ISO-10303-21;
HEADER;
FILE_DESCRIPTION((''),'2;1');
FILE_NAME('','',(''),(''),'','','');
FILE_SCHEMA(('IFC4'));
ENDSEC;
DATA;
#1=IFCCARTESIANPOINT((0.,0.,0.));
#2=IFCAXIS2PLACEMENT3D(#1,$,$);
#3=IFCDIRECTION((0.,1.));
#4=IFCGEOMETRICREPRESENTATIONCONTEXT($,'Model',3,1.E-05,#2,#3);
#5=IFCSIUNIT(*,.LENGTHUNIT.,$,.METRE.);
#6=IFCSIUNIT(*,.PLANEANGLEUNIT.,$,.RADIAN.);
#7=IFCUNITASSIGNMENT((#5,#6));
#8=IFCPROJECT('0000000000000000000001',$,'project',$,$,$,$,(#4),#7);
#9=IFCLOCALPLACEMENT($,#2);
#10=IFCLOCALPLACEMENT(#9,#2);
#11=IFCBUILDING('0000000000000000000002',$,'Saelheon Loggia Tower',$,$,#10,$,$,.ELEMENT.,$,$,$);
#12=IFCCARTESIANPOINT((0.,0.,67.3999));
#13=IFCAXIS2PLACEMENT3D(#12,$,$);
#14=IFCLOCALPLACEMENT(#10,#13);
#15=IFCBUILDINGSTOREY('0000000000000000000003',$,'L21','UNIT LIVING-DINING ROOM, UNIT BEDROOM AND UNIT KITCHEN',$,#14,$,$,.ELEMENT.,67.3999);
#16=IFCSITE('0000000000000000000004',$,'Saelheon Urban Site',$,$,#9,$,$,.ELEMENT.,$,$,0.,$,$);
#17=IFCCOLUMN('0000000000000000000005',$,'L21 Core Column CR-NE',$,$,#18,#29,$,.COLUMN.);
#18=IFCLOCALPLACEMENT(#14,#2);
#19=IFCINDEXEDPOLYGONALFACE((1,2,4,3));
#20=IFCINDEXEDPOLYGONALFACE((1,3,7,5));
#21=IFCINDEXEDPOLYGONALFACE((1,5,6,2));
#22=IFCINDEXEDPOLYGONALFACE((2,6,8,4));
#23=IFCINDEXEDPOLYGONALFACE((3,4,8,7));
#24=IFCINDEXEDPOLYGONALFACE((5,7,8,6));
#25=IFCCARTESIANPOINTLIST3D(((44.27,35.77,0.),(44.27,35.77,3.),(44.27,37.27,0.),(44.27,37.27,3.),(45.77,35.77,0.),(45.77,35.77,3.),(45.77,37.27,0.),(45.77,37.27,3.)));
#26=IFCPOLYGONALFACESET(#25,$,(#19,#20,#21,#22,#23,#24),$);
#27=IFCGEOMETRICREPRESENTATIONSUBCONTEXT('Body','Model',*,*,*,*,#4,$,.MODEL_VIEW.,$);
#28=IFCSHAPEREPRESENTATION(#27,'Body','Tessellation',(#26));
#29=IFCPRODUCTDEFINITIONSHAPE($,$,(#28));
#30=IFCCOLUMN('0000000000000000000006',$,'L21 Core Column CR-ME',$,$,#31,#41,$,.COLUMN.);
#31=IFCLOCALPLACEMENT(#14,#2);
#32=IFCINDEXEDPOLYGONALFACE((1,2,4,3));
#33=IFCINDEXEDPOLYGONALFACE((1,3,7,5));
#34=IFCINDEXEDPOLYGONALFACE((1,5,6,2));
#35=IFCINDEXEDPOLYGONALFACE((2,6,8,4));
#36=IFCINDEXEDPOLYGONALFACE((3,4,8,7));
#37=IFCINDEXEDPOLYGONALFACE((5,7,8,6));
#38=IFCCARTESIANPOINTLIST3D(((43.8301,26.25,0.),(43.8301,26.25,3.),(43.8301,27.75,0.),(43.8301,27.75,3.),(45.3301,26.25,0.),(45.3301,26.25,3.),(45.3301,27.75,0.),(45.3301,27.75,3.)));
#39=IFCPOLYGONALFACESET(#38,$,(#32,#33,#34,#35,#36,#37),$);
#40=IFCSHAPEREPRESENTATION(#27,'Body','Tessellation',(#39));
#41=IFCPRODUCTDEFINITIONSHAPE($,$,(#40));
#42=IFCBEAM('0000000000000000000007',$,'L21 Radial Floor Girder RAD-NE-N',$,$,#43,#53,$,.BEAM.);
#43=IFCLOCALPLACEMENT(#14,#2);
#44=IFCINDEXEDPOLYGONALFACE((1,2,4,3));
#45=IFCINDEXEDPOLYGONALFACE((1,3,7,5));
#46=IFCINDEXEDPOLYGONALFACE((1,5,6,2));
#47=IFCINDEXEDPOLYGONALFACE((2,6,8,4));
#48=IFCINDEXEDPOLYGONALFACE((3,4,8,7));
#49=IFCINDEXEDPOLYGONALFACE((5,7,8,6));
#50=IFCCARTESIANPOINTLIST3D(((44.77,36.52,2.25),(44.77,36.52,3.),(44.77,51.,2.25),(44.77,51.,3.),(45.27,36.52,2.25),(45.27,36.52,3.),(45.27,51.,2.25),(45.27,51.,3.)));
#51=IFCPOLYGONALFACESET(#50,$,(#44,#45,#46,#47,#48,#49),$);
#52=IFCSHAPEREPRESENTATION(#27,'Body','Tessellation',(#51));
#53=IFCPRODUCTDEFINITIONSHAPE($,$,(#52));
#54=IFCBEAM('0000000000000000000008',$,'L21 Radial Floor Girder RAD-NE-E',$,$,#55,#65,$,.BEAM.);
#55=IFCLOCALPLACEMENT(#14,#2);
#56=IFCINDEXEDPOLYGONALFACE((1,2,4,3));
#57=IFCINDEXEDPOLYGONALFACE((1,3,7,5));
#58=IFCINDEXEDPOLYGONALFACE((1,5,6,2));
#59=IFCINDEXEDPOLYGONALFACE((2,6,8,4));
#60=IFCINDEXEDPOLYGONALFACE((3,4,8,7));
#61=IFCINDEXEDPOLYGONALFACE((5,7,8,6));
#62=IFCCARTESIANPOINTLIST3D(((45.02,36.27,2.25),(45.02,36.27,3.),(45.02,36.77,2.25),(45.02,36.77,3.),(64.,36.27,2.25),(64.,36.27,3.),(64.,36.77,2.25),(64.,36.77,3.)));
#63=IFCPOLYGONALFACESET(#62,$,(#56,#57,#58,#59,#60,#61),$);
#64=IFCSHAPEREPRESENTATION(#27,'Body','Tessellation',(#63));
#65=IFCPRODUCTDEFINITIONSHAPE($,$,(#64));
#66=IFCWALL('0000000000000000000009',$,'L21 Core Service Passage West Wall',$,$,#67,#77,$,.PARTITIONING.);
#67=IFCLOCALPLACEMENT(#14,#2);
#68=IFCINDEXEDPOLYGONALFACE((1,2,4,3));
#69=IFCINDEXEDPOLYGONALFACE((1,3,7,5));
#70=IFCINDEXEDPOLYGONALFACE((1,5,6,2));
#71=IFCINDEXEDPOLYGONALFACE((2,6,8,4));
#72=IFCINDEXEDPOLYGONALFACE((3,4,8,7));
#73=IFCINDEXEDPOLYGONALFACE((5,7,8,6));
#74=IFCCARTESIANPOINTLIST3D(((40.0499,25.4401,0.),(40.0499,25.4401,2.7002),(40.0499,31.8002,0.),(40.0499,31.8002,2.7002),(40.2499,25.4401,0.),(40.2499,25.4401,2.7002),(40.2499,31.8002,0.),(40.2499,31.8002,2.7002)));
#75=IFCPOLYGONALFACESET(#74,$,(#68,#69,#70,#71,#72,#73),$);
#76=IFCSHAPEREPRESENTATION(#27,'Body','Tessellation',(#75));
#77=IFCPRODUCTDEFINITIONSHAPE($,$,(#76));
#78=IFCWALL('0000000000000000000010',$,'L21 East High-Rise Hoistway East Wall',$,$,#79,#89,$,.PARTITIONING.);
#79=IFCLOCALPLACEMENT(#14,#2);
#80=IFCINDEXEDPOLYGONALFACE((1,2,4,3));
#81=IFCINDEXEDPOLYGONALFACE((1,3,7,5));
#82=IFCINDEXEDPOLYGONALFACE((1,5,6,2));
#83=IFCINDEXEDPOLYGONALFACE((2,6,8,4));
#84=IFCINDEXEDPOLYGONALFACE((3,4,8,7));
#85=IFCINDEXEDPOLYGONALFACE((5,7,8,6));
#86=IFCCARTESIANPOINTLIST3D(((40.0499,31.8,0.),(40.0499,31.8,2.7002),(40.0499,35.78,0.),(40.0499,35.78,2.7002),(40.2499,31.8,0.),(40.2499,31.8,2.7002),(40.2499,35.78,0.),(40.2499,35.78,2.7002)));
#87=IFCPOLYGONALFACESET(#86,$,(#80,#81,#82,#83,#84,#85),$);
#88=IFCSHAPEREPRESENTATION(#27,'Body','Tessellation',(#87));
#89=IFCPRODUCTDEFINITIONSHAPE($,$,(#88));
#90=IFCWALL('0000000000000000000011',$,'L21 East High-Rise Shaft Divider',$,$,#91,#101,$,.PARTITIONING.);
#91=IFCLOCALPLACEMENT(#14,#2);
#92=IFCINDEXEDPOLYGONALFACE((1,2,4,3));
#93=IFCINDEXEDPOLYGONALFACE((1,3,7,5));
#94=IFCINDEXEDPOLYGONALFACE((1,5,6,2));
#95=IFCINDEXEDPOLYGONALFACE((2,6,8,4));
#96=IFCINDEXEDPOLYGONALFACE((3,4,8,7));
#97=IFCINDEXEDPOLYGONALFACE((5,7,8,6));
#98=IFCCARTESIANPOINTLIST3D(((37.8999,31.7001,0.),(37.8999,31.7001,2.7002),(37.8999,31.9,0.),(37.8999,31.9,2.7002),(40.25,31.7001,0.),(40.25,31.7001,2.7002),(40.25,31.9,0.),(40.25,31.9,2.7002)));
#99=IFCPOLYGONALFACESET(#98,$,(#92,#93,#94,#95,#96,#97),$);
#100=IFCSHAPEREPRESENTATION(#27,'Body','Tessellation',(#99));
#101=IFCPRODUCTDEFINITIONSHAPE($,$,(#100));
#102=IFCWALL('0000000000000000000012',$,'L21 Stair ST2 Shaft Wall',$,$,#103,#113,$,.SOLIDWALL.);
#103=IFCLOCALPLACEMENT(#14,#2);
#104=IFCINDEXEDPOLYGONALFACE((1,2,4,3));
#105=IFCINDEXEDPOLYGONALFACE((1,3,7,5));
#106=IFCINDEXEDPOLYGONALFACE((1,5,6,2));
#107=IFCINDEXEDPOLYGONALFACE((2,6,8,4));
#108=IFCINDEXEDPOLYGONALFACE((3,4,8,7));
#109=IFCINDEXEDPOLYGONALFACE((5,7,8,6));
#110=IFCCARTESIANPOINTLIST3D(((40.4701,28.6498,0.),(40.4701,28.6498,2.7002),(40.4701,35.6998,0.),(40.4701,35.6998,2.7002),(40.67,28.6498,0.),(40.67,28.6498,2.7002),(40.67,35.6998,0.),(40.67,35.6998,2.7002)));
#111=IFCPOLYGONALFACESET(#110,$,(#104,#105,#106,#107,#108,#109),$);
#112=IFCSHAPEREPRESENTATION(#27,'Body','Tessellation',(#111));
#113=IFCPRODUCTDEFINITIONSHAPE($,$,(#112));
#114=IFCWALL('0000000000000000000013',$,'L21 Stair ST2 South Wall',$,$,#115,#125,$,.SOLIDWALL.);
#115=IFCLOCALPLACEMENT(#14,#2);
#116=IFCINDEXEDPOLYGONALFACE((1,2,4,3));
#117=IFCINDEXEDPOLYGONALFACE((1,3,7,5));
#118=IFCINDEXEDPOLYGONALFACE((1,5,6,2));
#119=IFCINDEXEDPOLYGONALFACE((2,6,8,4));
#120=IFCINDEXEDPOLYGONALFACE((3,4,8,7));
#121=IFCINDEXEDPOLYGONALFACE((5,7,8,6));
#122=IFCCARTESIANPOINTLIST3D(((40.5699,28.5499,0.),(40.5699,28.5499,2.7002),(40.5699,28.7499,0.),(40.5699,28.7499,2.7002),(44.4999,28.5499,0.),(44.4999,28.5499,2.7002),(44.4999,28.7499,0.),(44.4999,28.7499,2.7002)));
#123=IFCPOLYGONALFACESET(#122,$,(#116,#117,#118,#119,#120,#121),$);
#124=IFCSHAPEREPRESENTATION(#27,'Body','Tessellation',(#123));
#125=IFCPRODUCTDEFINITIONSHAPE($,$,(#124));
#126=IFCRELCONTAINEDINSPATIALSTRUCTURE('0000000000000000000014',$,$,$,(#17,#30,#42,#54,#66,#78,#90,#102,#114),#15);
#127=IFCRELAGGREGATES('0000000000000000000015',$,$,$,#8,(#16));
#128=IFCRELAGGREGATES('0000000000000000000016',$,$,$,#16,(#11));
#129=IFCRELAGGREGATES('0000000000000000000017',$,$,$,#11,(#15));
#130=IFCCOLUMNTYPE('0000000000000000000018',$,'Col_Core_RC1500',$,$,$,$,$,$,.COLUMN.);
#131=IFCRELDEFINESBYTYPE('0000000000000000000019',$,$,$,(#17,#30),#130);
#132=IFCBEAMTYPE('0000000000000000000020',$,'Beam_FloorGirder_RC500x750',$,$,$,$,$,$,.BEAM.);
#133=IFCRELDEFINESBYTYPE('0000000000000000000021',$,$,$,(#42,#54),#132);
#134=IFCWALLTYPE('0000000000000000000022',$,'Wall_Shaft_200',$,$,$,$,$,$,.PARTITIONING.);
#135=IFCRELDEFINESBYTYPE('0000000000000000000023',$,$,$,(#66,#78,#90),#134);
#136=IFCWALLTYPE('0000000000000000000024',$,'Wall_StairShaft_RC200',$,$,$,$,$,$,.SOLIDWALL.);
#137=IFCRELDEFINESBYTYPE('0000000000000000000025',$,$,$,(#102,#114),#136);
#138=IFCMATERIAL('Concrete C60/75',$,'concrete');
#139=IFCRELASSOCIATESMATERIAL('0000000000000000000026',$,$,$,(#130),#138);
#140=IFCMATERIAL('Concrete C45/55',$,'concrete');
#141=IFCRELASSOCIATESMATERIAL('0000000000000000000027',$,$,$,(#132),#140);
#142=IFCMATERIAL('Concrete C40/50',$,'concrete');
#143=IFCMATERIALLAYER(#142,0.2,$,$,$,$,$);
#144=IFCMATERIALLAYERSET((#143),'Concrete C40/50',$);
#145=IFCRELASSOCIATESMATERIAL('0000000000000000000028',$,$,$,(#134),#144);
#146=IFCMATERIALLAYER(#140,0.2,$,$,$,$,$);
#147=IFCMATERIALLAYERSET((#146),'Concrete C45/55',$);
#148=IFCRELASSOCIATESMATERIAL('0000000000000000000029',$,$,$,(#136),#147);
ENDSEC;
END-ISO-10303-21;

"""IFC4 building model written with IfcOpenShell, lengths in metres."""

from ifc_helpers import new_model, si_unit, direction, frame, frame_2d, origin, origin_2d, place, context, subcontext, project, spatial, rectangle, extrude, source, transform, mapped, material, layer, layer_set, material_profile, profile_set, type_object, element, save


model = new_model("IFC4")

# Units and contexts
model_context = context("Model", 3, precision=1e-05, world=origin(), true_north=direction((0.0, 1.0)))
body_context = subcontext(model_context, "Body", "Model", "MODEL_VIEW")
ifc_project = project(units=[si_unit("LENGTHUNIT", "METRE"), si_unit("PLANEANGLEUNIT", "RADIAN")], contexts=[model_context])

# Site, building, storey
site_placement = place(None, origin())
site = spatial("IfcSite", under=ifc_project, at=site_placement, Name="Saelheon Urban Site", CompositionType="ELEMENT", RefElevation=0.0)
building_placement = place(site_placement, origin())
building = spatial("IfcBuilding", under=site, at=building_placement, Name="Saelheon Loggia Tower", CompositionType="ELEMENT")
storey_placement = place(building_placement, frame((0.0, 0.0, 67.3999)))
storey = spatial("IfcBuildingStorey", under=building, at=storey_placement, Name="L21", Description="UNIT LIVING-DINING ROOM, UNIT BEDROOM AND UNIT KITCHEN", CompositionType="ELEMENT", Elevation=67.3999)

# Columns
ifc_material_1 = material(Name="Concrete C60/75", Category="concrete")
ifc_material_profile_1 = material_profile(ifc_material_1, rectangle(XDim=1.5, YDim=1.5, at=origin_2d()), Name="RC-1500x1500")
ifc_profile_set_1 = profile_set([ifc_material_profile_1], Name="Concrete C60/75")
column_type = type_object("IfcColumnType", Name="Col_Core_RC1500", PredefinedType="COLUMN", material=ifc_profile_set_1)
shared_shape_1 = source(origin(), body_context, "Body", "SweptSolid", [
    extrude(rectangle(XDim=1.5, YDim=1.5, at=origin_2d()), origin(), (0.0, 0.0, 1.0), 3.0),
])
for number, where, z_axis, x_axis, name in (
    (1, (45.02, 36.52, 0.0), (0.0, 0.0, 1.0), (1.0, 0.0, 0.0), "L21 Core Column CR-NE"),
    (2, (44.5801, 27.0, 0.0), (0.0, 0.0, 1.0), (1.0, 0.0, 0.0), "L21 Core Column CR-ME"),
):
    element("IfcColumn", number, at=place(storey_placement, frame(where, z_axis=z_axis, x_axis=x_axis)), inside=storey, type_object=column_type, Name=name, PredefinedType="COLUMN", context=body_context, shape_type="MappedRepresentation", body=[
        mapped(shared_shape_1, transform((0.0, 0.0, 0.0), scale=1.0)),
    ])

# Beams
ifc_material_2 = material(Name="Concrete C45/55", Category="concrete")
ifc_material_profile_2 = material_profile(ifc_material_2, rectangle(XDim=0.5, YDim=0.75, at=origin_2d()), Name="RC-500x750")
ifc_profile_set_2 = profile_set([ifc_material_profile_2], Name="Concrete C45/55")
beam_type = type_object("IfcBeamType", Name="Beam_FloorGirder_RC500x750", PredefinedType="BEAM", material=ifc_profile_set_2)
shared_shape_2 = source(origin(), body_context, "Body", "SweptSolid", [
    extrude(rectangle(XDim=0.5, YDim=0.75, at=origin_2d()), origin(), (0.0, 0.0, 1.0), 14.48),
])
beam_1_placement = place(storey_placement, frame((45.02, 36.52, 2.625), z_axis=(0.0, 1.0, 0.0), x_axis=(-1.0, 0.0, 0.0)))
element("IfcBeam", 3, at=beam_1_placement, inside=storey, type_object=beam_type, Name="L21 Radial Floor Girder RAD-NE-N", PredefinedType="BEAM", context=body_context, shape_type="MappedRepresentation", body=[
    mapped(shared_shape_2, transform((0.0, 0.0, 0.0), scale=1.0)),
])
shared_shape_3 = source(origin(), body_context, "Body", "SweptSolid", [
    extrude(rectangle(XDim=0.5, YDim=0.75, at=origin_2d()), origin(), (0.0, 0.0, 1.0), 18.98),
])
beam_2_placement = place(storey_placement, frame((45.02, 36.52, 2.625), z_axis=(1.0, 0.0, 0.0), x_axis=(0.0, 1.0, 0.0)))
element("IfcBeam", 4, at=beam_2_placement, inside=storey, type_object=beam_type, Name="L21 Radial Floor Girder RAD-NE-E", PredefinedType="BEAM", context=body_context, shape_type="MappedRepresentation", body=[
    mapped(shared_shape_3, transform((0.0, 0.0, 0.0), scale=1.0)),
])

# Walls
ifc_material_3 = material(Name="Concrete C40/50", Category="concrete")
ifc_layer_1 = layer(ifc_material_3, 0.2)
ifc_layer_set_1 = layer_set([ifc_layer_1], Name="Concrete C40/50")
wall_type_1 = type_object("IfcWallType", Name="Wall_Shaft_200", PredefinedType="PARTITIONING", material=ifc_layer_set_1)
wall_1_placement = place(storey_placement, frame((40.1499, 25.4399, 0.0), z_axis=(0.0, 0.0, 1.0), x_axis=(0.0, 1.0, 0.0)))
element("IfcWall", 5, at=wall_1_placement, inside=storey, type_object=wall_type_1, Name="L21 Core Service Passage West Wall", PredefinedType="PARTITIONING", context=body_context, shape_type="SweptSolid", body=[
    extrude(rectangle(XDim=6.3601, YDim=0.2, at=frame_2d((3.1802, 0.0))), origin(), (0.0, 0.0, 1.0), 2.7002),
])
wall_2_placement = place(storey_placement, frame((40.1499, 31.8, 0.0), z_axis=(0.0, 0.0, 1.0), x_axis=(0.0, 1.0, 0.0)))
element("IfcWall", 6, at=wall_2_placement, inside=storey, type_object=wall_type_1, Name="L21 East High-Rise Hoistway East Wall", PredefinedType="PARTITIONING", context=body_context, shape_type="SweptSolid", body=[
    extrude(rectangle(XDim=3.98, YDim=0.2, at=frame_2d((1.99, 0.0))), origin(), (0.0, 0.0, 1.0), 2.7002),
])
wall_3_placement = place(storey_placement, frame((37.8999, 31.8, 0.0), z_axis=(0.0, 0.0, 1.0), x_axis=(1.0, 0.0, 0.0)))
element("IfcWall", 7, at=wall_3_placement, inside=storey, type_object=wall_type_1, Name="L21 East High-Rise Shaft Divider", PredefinedType="PARTITIONING", context=body_context, shape_type="SweptSolid", body=[
    extrude(rectangle(XDim=2.3501, YDim=0.2, at=frame_2d((1.175, 0.0))), origin(), (0.0, 0.0, 1.0), 2.7002),
])
ifc_layer_2 = layer(ifc_material_2, 0.2)
ifc_layer_set_2 = layer_set([ifc_layer_2], Name="Concrete C45/55")
wall_type_2 = type_object("IfcWallType", Name="Wall_StairShaft_RC200", PredefinedType="SOLIDWALL", material=ifc_layer_set_2)
wall_4_placement = place(storey_placement, frame((40.5701, 28.6499, 0.0), z_axis=(0.0, 0.0, 1.0), x_axis=(0.0, 1.0, 0.0)))
element("IfcWall", 8, at=wall_4_placement, inside=storey, type_object=wall_type_2, Name="L21 Stair ST2 Shaft Wall", PredefinedType="SOLIDWALL", context=body_context, shape_type="SweptSolid", body=[
    extrude(rectangle(XDim=7.05, YDim=0.2, at=frame_2d((3.5249, 0.0))), origin(), (0.0, 0.0, 1.0), 2.7002),
])
wall_5_placement = place(storey_placement, frame((40.5701, 28.6499, 0.0), z_axis=(0.0, 0.0, 1.0), x_axis=(1.0, 0.0, 0.0)))
element("IfcWall", 9, at=wall_5_placement, inside=storey, type_object=wall_type_2, Name="L21 Stair ST2 South Wall", PredefinedType="SOLIDWALL", context=body_context, shape_type="SweptSolid", body=[
    extrude(rectangle(XDim=3.9299, YDim=0.2, at=frame_2d((1.9648, 0.0))), origin(), (0.0, 0.0, 1.0), 2.7002),
])

save(model, "model.ifc")
